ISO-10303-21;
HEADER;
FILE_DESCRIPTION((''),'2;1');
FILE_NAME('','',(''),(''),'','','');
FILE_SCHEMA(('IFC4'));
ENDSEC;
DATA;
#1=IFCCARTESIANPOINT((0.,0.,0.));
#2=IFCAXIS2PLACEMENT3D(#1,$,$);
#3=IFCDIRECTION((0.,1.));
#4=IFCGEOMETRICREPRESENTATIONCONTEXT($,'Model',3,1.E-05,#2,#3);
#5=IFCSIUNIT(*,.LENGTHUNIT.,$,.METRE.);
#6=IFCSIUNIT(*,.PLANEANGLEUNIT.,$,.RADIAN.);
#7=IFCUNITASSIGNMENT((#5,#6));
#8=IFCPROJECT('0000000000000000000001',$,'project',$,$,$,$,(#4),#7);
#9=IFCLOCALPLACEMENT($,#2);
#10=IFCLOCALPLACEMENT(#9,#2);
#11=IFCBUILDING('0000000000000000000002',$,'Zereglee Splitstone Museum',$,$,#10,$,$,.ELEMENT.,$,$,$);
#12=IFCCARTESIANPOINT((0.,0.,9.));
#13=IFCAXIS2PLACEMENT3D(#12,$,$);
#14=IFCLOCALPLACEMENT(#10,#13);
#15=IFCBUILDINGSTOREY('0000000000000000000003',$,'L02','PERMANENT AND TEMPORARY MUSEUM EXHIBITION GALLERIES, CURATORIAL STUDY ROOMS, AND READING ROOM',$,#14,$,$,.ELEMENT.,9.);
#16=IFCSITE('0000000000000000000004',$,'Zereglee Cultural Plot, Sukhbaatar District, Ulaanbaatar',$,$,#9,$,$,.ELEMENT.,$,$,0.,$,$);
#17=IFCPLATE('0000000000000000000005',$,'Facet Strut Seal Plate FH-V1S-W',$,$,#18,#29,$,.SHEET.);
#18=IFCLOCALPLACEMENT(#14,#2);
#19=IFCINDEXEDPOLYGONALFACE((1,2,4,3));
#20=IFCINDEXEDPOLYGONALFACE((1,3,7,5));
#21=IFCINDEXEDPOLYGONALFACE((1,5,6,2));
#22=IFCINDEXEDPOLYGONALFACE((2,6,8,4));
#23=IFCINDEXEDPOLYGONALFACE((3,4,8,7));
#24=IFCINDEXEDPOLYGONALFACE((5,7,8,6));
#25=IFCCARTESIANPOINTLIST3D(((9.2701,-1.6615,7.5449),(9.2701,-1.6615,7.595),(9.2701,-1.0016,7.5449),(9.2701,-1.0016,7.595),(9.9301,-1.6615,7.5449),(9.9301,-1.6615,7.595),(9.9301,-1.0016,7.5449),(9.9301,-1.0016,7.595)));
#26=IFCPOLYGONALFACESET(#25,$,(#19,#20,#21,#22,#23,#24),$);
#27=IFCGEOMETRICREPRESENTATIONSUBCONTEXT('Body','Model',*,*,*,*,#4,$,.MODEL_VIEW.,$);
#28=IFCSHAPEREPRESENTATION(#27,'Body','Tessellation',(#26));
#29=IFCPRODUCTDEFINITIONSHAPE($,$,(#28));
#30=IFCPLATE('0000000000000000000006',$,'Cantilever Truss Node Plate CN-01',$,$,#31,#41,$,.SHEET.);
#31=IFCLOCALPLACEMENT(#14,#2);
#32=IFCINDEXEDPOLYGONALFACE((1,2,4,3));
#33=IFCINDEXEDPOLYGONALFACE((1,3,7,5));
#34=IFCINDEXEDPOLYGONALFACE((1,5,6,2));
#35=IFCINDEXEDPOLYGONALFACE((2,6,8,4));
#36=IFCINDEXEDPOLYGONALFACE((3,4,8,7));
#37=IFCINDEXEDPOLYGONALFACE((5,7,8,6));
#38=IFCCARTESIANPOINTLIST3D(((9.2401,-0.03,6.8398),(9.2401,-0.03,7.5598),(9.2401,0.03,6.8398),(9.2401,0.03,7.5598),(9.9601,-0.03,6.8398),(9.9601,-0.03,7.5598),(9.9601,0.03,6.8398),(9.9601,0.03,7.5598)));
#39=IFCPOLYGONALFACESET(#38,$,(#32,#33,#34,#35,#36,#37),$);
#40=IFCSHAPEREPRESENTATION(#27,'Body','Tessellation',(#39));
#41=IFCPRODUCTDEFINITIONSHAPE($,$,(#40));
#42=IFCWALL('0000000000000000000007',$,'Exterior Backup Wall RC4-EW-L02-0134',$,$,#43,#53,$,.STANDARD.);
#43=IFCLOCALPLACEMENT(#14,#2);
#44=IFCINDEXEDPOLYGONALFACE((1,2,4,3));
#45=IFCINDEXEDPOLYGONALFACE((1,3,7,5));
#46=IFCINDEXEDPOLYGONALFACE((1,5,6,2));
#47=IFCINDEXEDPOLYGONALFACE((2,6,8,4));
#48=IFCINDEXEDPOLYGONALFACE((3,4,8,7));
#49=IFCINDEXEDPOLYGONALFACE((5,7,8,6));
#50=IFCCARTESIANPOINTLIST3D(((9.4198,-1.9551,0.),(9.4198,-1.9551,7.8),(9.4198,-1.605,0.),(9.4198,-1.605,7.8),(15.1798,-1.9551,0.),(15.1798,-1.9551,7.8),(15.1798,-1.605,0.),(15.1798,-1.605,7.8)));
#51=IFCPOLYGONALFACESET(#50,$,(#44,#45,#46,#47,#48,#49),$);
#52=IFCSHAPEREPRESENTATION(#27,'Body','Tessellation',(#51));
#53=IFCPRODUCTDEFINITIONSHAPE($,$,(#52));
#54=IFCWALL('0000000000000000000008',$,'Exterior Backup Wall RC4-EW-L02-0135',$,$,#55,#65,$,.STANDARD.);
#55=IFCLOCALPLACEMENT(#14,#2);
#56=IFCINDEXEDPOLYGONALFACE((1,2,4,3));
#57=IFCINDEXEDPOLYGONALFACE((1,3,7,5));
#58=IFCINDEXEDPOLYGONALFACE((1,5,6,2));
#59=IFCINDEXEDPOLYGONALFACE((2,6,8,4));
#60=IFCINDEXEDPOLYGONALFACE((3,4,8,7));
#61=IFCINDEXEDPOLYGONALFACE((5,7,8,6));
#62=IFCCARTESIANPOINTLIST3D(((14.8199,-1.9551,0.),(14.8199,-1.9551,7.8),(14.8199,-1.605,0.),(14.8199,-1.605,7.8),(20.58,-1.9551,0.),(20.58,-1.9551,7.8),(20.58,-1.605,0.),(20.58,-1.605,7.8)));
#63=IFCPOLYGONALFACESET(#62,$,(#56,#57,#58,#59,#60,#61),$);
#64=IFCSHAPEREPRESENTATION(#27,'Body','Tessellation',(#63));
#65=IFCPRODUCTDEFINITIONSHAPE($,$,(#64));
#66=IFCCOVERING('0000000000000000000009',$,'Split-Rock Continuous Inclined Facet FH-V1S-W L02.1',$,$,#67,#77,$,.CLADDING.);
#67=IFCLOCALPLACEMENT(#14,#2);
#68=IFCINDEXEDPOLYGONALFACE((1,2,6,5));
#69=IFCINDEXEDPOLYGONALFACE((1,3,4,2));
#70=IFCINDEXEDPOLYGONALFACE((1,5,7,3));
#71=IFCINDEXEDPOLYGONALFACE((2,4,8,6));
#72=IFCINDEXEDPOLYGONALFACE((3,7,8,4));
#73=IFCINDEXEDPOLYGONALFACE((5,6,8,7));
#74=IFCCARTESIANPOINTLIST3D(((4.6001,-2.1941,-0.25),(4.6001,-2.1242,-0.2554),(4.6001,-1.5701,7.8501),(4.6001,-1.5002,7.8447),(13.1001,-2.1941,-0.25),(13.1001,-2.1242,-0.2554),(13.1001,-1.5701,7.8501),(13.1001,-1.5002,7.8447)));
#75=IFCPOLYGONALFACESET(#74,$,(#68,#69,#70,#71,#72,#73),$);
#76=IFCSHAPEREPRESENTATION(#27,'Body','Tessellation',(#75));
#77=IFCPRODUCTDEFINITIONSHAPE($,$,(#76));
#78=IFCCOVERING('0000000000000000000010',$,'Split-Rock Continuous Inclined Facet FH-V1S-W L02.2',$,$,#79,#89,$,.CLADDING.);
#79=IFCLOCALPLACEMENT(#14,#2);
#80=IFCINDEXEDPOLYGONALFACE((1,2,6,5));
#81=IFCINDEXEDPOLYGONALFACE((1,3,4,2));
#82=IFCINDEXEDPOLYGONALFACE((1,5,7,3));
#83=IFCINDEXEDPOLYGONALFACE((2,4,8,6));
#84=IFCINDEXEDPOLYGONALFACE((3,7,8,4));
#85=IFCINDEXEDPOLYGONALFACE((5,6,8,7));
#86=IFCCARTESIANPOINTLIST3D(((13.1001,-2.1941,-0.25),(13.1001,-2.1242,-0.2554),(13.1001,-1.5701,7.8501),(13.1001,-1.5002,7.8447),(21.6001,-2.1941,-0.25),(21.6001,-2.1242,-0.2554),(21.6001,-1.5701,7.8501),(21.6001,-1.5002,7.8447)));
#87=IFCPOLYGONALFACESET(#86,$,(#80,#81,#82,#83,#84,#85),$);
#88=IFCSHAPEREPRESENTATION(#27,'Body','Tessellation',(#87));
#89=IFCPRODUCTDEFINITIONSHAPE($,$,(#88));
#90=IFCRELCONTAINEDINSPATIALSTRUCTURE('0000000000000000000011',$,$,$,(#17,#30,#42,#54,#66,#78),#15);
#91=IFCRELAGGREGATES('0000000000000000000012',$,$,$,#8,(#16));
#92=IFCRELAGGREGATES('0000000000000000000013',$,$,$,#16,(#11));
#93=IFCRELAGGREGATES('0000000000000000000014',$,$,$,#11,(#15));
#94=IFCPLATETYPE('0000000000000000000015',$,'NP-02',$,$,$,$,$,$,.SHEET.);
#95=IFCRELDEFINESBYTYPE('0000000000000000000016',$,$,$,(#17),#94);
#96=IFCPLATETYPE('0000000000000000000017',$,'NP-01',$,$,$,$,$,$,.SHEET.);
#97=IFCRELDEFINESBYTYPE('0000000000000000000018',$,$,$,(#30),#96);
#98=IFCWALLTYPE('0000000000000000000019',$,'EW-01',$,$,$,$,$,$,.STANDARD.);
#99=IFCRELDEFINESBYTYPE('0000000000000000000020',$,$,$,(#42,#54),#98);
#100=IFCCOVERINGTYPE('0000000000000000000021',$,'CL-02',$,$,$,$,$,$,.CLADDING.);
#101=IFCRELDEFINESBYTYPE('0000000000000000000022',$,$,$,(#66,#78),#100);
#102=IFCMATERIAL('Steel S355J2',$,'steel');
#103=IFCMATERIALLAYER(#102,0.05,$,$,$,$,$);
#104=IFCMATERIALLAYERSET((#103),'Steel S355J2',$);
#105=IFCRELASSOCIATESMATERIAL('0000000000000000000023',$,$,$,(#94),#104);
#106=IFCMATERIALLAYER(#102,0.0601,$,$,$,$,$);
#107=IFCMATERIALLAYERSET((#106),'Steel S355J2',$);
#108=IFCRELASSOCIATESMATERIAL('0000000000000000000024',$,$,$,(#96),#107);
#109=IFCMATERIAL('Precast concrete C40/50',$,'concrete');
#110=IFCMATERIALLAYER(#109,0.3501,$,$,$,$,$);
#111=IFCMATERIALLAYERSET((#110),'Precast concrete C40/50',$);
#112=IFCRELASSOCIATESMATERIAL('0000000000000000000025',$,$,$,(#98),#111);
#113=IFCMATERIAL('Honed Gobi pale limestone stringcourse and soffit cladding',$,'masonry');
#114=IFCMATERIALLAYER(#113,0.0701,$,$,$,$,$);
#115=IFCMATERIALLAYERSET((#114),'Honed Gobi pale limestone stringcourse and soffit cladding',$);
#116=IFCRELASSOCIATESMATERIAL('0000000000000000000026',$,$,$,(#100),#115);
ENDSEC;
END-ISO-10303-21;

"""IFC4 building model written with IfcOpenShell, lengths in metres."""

from ifc_helpers import new_model, si_unit, direction, frame, frame_2d, origin, origin_2d, place, context, subcontext, project, spatial, polyline, rectangle, outline, extrude, material, layer, layer_set, type_object, element, save


model = new_model("IFC4")

# Units and contexts
model_context = context("Model", 3, precision=1e-05, world=origin(), true_north=direction((0.0, 1.0)))
body_context = subcontext(model_context, "Body", "Model", "MODEL_VIEW")
ifc_project = project(units=[si_unit("LENGTHUNIT", "METRE"), si_unit("PLANEANGLEUNIT", "RADIAN")], contexts=[model_context])

# Site, building, storey
site_placement = place(None, origin())
site = spatial("IfcSite", under=ifc_project, at=site_placement, Name="Zereglee Cultural Plot, Sukhbaatar District, Ulaanbaatar", CompositionType="ELEMENT", RefElevation=0.0)
building_placement = place(site_placement, origin())
building = spatial("IfcBuilding", under=site, at=building_placement, Name="Zereglee Splitstone Museum", CompositionType="ELEMENT")
storey_placement = place(building_placement, frame((0.0, 0.0, 9.0)))
storey = spatial("IfcBuildingStorey", under=building, at=storey_placement, Name="L02", Description="PERMANENT AND TEMPORARY MUSEUM EXHIBITION GALLERIES, CURATORIAL STUDY ROOMS, AND READING ROOM", CompositionType="ELEMENT", Elevation=9.0)

# Shared definitions
ifc_material_1 = material(Name="Steel S355J2", Category="steel")

# Plates
ifc_layer_1 = layer(ifc_material_1, 0.05)
ifc_layer_set_1 = layer_set([ifc_layer_1], Name="Steel S355J2")
plate_type_1 = type_object("IfcPlateType", Name="NP-02", PredefinedType="SHEET", material=ifc_layer_set_1)
plate_1_placement = place(storey_placement, frame((9.6001, -1.3315, 7.5449), z_axis=(0.0, 0.0, 1.0), x_axis=(1.0, 0.0, 0.0)))
element("IfcPlate", 1, at=plate_1_placement, inside=storey, type_object=plate_type_1, Name="Facet Strut Seal Plate FH-V1S-W", PredefinedType="SHEET", context=body_context, shape_type="SweptSolid", body=[
    extrude(rectangle(XDim=0.6599, YDim=0.6599, at=origin_2d()), origin(), (0.0, 0.0, 1.0), 0.05),
])
ifc_layer_2 = layer(ifc_material_1, 0.0601)
ifc_layer_set_2 = layer_set([ifc_layer_2], Name="Steel S355J2")
plate_type_2 = type_object("IfcPlateType", Name="NP-01", PredefinedType="SHEET", material=ifc_layer_set_2)
plate_2_placement = place(storey_placement, frame((9.6001, 0.0, 6.8398), z_axis=(0.0, 0.0, 1.0), x_axis=(1.0, 0.0, 0.0)))
element("IfcPlate", 2, at=plate_2_placement, inside=storey, type_object=plate_type_2, Name="Cantilever Truss Node Plate CN-01", PredefinedType="SHEET", context=body_context, shape_type="SweptSolid", body=[
    extrude(rectangle(XDim=0.72, YDim=0.0601, at=origin_2d()), origin(), (0.0, 0.0, 1.0), 0.72),
])

# Walls
ifc_material_2 = material(Name="Precast concrete C40/50", Category="concrete")
ifc_layer_3 = layer(ifc_material_2, 0.3501)
ifc_layer_set_3 = layer_set([ifc_layer_3], Name="Precast concrete C40/50")
wall_type = type_object("IfcWallType", Name="EW-01", PredefinedType="STANDARD", material=ifc_layer_set_3)
for number, where, z_axis, x_axis, name in (
    (3, (9.4199, -1.78, 0.0), (0.0, 0.0, 1.0), (1.0, 0.0, 0.0), "Exterior Backup Wall RC4-EW-L02-0134"),
    (4, (14.8201, -1.78, 0.0), (0.0, 0.0, 1.0), (1.0, 0.0, 0.0), "Exterior Backup Wall RC4-EW-L02-0135"),
):
    element("IfcWall", number, at=place(storey_placement, frame(where, z_axis=z_axis, x_axis=x_axis)), inside=storey, type_object=wall_type, Name=name, PredefinedType="STANDARD", context=body_context, shape_type="SweptSolid", body=[
        extrude(rectangle(XDim=5.76, YDim=0.3501, at=frame_2d((2.8799, 0.0))), origin(), (0.0, 0.0, 1.0), 7.8),
    ])

# Coverings
ifc_material_3 = material(Name="Honed Gobi pale limestone stringcourse and soffit cladding", Category="masonry")
ifc_layer_4 = layer(ifc_material_3, 0.0701)
ifc_layer_set_4 = layer_set([ifc_layer_4], Name="Honed Gobi pale limestone stringcourse and soffit cladding")
covering_type = type_object("IfcCoveringType", Name="CL-02", PredefinedType="CLADDING", material=ifc_layer_set_4)
for number, where, z_axis, x_axis, name in (
    (5, (4.6001, -2.1941, -0.25), (0.0, -0.997046, 0.076811), (1.0, 0.0, 0.0), "Split-Rock Continuous Inclined Facet FH-V1S-W L02.1"),
    (6, (13.1001, -2.1941, -0.25), (0.0, -0.997046, 0.076811), (1.0, 0.0, 0.0), "Split-Rock Continuous Inclined Facet FH-V1S-W L02.2"),
):
    element("IfcCovering", number, at=place(storey_placement, frame(where, z_axis=z_axis, x_axis=x_axis)), inside=storey, type_object=covering_type, Name=name, PredefinedType="CLADDING", context=body_context, shape_type="SweptSolid", body=[
        extrude(outline(polyline([(0.0, 0.0), (8.5, 0.0), (8.5, 8.1241), (0.0, 8.1241), (0.0, 0.0)])), origin(), (0.0, 0.0, -1.0), 0.0701),
    ])

save(model, "model.ifc")
